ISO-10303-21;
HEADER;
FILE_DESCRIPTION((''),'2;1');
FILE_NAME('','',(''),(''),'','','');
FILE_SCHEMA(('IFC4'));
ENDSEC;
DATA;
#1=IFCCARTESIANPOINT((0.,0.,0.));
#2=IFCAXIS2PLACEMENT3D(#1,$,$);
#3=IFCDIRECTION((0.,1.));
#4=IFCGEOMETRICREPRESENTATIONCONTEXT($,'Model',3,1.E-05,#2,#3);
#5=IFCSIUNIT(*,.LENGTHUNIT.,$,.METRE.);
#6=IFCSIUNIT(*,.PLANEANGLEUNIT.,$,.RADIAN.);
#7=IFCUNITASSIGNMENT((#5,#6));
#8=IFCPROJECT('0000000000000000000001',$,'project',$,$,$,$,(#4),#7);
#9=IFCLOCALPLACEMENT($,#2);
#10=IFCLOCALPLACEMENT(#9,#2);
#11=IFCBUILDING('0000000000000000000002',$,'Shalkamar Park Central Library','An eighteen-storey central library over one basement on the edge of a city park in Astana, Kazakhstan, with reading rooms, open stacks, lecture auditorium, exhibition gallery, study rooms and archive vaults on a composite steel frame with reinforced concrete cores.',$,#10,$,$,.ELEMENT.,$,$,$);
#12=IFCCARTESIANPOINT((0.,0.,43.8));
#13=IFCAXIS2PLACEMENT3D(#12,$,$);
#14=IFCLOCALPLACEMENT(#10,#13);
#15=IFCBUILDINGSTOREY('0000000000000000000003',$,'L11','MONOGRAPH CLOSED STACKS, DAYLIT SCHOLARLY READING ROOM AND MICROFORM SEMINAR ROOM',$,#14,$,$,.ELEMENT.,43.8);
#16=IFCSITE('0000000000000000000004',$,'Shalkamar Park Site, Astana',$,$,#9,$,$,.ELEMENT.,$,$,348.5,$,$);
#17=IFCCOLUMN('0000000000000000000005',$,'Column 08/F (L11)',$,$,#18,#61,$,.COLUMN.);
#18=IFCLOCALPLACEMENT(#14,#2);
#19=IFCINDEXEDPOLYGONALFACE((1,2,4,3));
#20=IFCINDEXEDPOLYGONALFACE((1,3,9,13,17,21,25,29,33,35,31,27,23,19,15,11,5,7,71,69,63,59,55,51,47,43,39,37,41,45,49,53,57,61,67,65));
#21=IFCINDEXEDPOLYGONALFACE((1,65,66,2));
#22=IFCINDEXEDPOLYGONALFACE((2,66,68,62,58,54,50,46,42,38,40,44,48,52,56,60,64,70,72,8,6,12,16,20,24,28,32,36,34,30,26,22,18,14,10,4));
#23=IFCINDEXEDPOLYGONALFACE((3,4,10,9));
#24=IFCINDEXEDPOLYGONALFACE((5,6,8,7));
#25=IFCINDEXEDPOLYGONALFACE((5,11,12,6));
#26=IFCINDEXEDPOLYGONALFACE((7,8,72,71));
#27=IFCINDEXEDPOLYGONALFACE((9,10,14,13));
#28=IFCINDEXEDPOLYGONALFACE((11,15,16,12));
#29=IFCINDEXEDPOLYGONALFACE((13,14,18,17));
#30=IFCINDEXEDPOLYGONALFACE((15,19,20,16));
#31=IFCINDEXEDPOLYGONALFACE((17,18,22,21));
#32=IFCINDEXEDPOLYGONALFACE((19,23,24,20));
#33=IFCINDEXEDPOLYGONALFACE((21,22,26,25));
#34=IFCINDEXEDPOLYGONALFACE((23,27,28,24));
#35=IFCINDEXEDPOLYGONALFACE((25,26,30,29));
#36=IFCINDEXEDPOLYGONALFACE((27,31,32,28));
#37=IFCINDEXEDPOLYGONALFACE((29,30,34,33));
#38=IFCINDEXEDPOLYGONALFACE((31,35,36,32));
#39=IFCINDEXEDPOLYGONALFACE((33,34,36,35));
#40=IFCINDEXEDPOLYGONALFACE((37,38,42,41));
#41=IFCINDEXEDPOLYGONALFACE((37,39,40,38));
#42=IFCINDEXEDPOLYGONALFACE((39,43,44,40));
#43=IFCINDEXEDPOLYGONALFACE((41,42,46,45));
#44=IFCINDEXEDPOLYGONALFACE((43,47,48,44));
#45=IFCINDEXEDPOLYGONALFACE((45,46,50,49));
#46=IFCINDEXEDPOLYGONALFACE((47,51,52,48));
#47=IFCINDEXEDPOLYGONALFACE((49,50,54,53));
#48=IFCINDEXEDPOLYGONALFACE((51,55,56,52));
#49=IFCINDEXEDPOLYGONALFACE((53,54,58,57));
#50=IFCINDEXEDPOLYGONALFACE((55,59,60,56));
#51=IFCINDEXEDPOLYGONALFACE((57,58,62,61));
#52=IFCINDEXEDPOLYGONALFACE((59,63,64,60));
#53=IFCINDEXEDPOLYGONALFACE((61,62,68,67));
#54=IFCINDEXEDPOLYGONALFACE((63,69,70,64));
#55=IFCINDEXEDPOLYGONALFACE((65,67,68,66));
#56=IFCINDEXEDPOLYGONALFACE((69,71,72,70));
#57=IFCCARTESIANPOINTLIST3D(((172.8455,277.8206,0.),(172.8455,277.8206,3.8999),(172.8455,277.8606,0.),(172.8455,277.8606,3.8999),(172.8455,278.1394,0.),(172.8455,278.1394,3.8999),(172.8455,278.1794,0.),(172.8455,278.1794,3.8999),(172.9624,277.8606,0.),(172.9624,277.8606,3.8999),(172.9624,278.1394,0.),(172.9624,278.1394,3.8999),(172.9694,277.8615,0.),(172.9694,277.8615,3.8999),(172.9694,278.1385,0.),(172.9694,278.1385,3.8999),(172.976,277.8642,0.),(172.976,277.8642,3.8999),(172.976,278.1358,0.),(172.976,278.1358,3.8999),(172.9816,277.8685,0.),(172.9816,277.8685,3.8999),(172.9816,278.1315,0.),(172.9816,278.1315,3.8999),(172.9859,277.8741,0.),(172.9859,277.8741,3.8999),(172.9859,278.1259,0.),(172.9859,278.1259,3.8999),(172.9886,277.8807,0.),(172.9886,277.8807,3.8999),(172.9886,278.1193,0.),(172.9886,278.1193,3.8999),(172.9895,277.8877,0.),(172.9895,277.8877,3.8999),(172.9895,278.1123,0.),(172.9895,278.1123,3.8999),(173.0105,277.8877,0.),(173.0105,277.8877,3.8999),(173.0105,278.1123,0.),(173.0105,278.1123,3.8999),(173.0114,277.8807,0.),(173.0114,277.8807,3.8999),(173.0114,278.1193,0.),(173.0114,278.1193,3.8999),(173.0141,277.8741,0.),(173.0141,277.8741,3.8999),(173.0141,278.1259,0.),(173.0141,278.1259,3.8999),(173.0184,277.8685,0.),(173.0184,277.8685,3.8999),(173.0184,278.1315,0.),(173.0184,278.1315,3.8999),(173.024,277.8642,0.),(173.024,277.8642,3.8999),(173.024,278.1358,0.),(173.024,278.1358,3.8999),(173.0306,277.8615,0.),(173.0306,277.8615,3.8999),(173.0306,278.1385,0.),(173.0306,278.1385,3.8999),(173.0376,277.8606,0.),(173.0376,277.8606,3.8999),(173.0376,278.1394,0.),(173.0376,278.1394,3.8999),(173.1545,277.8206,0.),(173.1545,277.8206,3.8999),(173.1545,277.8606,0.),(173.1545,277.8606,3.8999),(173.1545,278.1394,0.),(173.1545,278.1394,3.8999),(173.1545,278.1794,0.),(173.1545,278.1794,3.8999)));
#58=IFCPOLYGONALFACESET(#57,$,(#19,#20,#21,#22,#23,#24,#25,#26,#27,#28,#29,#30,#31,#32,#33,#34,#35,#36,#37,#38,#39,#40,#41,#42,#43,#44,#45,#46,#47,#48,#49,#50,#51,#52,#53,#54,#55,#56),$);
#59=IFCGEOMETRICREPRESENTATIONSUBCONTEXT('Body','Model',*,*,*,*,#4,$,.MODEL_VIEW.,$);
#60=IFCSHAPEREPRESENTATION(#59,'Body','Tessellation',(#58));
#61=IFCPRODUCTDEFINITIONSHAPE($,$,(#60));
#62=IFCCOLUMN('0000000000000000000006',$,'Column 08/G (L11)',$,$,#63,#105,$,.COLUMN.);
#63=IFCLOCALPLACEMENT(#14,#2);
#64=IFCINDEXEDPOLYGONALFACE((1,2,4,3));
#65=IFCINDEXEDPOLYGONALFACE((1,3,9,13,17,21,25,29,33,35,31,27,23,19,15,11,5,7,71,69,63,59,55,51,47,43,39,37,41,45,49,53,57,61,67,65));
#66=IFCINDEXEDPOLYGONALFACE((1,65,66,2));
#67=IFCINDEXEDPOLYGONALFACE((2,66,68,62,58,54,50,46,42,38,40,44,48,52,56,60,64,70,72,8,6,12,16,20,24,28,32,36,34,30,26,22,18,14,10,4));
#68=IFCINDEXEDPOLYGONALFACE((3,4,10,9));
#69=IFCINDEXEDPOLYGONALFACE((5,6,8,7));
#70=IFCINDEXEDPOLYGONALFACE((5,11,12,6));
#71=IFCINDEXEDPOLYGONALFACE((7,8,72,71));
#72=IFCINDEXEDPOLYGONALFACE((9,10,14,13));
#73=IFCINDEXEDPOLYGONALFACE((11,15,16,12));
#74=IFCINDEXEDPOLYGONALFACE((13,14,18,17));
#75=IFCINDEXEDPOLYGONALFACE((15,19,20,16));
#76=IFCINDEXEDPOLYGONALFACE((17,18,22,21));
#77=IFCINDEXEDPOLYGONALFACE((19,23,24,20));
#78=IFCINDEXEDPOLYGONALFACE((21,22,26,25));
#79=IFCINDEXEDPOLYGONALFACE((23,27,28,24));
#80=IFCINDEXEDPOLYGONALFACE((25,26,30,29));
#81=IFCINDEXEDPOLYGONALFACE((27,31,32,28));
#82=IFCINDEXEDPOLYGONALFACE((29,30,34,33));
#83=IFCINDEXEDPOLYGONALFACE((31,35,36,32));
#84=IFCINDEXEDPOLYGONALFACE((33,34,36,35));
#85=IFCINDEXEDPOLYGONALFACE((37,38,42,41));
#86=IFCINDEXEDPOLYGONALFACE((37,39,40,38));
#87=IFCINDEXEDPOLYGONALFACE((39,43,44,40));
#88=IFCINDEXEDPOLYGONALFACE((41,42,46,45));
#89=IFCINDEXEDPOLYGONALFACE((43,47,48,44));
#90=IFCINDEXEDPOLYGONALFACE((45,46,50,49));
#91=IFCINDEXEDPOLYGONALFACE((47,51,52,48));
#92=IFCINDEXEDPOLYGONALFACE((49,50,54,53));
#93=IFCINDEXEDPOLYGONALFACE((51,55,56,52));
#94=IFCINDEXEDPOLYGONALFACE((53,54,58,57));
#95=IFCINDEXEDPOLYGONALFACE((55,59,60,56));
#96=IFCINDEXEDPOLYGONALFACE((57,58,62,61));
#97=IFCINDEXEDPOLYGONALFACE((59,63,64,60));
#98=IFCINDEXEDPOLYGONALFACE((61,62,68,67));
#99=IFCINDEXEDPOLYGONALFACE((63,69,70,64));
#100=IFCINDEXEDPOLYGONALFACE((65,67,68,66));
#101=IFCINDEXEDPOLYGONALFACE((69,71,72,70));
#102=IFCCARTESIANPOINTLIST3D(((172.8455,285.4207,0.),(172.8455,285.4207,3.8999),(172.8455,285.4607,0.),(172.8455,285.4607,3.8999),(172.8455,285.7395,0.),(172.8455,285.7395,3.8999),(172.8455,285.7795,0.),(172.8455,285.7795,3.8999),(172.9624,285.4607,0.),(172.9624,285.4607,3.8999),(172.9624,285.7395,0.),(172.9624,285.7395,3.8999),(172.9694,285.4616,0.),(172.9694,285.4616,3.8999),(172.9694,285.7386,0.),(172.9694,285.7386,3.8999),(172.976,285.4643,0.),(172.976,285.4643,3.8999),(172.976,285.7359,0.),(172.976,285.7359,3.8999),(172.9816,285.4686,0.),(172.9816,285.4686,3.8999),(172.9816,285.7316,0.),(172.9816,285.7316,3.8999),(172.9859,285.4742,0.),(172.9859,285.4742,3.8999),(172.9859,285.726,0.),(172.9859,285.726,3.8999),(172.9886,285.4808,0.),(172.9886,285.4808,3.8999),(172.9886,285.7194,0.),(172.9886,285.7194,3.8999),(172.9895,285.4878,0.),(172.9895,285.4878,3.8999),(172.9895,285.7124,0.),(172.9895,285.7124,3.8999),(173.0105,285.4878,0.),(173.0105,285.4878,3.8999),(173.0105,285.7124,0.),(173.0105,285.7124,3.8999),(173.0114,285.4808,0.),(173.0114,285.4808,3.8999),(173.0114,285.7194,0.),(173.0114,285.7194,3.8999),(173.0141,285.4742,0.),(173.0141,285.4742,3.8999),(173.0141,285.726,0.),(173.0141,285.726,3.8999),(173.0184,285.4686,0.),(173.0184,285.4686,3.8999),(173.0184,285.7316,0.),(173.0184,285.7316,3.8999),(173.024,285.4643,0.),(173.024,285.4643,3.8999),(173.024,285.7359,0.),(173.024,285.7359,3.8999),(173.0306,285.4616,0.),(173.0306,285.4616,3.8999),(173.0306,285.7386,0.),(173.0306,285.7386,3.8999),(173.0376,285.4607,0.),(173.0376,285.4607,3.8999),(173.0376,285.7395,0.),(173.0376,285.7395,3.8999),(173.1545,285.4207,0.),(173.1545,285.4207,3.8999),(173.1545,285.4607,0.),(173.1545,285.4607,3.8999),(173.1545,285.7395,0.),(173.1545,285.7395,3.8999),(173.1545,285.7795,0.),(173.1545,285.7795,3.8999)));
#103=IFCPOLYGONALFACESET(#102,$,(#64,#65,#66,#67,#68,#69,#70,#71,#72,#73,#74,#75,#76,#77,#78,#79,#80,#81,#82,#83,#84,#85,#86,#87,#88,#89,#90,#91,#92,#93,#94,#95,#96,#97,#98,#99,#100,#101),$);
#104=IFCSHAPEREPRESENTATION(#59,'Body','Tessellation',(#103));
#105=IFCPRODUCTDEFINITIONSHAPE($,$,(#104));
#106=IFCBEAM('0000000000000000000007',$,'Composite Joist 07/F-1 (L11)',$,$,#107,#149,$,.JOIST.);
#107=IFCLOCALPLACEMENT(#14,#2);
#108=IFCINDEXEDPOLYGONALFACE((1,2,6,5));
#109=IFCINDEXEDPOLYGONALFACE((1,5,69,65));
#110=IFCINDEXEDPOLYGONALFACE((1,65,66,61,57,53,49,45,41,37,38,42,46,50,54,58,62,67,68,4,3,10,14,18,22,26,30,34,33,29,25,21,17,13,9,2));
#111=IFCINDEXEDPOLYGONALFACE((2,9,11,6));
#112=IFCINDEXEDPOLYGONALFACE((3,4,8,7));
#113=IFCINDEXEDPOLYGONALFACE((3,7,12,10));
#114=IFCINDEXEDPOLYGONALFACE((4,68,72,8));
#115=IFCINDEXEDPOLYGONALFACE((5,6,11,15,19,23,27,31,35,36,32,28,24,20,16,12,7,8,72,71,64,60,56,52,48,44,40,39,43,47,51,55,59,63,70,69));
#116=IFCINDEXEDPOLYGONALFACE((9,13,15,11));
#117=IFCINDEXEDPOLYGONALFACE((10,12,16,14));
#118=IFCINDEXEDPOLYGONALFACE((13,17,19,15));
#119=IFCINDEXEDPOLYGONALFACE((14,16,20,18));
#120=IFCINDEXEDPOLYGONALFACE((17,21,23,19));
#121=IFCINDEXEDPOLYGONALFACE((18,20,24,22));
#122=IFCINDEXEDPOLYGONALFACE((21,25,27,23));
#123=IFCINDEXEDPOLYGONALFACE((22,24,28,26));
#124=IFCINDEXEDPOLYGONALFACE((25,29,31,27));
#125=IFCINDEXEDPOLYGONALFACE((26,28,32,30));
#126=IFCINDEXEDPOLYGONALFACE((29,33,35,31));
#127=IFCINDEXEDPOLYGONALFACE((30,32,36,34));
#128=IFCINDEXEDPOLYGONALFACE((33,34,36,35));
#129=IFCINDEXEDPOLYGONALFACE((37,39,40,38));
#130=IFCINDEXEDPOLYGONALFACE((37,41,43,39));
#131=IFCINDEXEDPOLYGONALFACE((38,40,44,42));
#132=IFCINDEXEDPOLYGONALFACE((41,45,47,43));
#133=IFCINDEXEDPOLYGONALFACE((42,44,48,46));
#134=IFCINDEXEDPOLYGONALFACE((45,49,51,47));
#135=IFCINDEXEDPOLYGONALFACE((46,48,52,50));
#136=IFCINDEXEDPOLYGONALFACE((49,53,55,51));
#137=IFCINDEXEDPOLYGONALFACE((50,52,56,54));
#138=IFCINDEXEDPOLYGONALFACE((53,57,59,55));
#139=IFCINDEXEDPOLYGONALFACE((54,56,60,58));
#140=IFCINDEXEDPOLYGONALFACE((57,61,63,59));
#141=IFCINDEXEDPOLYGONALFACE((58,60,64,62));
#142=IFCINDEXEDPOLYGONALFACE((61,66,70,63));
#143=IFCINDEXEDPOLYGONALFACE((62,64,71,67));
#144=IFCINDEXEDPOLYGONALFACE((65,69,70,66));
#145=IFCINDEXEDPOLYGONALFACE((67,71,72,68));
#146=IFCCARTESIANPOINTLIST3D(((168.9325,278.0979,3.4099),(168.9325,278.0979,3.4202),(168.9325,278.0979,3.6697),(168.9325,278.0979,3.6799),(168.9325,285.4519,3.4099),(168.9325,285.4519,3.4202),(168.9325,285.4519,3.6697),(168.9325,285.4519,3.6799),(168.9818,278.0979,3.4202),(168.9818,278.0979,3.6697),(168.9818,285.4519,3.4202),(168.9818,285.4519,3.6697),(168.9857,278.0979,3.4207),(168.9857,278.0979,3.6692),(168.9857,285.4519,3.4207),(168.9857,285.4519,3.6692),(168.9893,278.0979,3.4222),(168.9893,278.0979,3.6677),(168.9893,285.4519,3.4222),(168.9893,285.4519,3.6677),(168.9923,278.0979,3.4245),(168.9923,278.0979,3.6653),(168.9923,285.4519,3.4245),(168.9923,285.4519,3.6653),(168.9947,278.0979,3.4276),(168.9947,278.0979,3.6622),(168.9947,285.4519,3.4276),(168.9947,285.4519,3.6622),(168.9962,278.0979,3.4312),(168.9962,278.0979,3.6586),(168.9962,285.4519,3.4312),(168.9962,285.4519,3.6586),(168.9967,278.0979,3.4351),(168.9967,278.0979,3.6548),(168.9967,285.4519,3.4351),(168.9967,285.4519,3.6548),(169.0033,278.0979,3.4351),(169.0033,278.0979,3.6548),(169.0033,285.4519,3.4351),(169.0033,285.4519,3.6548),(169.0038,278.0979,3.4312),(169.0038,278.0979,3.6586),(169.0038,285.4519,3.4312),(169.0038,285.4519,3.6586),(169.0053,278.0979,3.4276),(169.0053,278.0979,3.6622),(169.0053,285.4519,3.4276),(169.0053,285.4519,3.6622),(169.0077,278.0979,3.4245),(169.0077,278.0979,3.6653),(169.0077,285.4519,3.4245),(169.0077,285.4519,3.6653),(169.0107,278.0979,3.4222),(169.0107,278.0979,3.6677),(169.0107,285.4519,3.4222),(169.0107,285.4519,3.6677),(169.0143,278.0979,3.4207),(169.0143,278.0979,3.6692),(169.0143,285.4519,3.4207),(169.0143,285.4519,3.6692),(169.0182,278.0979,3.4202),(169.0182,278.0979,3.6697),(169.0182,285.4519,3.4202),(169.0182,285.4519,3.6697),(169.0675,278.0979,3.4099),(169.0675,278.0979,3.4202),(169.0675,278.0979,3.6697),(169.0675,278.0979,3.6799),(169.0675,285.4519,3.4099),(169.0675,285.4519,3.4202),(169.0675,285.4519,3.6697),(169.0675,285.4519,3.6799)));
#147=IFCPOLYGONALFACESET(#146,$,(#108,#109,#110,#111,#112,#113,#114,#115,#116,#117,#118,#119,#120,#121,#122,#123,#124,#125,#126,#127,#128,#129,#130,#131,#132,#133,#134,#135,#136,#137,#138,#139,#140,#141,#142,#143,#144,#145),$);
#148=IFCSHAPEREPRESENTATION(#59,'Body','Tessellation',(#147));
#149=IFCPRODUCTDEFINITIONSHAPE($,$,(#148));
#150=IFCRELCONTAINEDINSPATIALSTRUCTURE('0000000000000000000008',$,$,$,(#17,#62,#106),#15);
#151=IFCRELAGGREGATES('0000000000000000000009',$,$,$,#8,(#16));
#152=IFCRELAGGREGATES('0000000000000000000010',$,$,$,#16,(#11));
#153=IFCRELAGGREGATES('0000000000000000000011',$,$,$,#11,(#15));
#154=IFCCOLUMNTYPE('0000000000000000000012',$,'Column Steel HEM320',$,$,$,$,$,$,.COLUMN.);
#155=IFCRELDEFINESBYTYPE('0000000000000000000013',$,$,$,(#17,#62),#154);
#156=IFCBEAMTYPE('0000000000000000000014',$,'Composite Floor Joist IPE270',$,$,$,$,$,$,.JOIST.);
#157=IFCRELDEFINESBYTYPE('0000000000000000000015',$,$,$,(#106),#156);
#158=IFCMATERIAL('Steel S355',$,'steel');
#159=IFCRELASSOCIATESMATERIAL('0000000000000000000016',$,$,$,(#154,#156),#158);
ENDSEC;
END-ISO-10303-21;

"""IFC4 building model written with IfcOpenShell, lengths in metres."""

from ifc_helpers import new_model, si_unit, direction, frame, origin, origin_2d, place, context, subcontext, project, spatial, i_section, extrude, material, material_profile, profile_set, type_object, element, save


model = new_model("IFC4")

# Units and contexts
model_context = context("Model", 3, precision=1e-05, world=origin(), true_north=direction((0.0, 1.0)))
body_context = subcontext(model_context, "Body", "Model", "MODEL_VIEW")
ifc_project = project(units=[si_unit("LENGTHUNIT", "METRE"), si_unit("PLANEANGLEUNIT", "RADIAN")], contexts=[model_context])

# Site, building, storey
site_placement = place(None, origin())
site = spatial("IfcSite", under=ifc_project, at=site_placement, Name="Shalkamar Park Site, Astana", CompositionType="ELEMENT", RefElevation=348.5)
building_placement = place(site_placement, origin())
building = spatial("IfcBuilding", under=site, at=building_placement, Name="Shalkamar Park Central Library", Description="An eighteen-storey central library over one basement on the edge of a city park in Astana, Kazakhstan, with reading rooms, open stacks, lecture auditorium, exhibition gallery, study rooms and archive vaults on a composite steel frame with reinforced concrete cores.", CompositionType="ELEMENT")
storey_placement = place(building_placement, frame((0.0, 0.0, 43.8)))
storey = spatial("IfcBuildingStorey", under=building, at=storey_placement, Name="L11", Description="MONOGRAPH CLOSED STACKS, DAYLIT SCHOLARLY READING ROOM AND MICROFORM SEMINAR ROOM", CompositionType="ELEMENT", Elevation=43.8)

# Columns
ifc_material_1 = material(Name="Steel S355", Category="steel")
ifc_material_profile_1 = material_profile(ifc_material_1, i_section(OverallWidth=0.3091, OverallDepth=0.3589, WebThickness=0.021, FlangeThickness=0.04, FilletRadius=0.0271, at=origin_2d()), Name="HEM 320")
ifc_profile_set_1 = profile_set([ifc_material_profile_1], Name="Steel S355")
column_type = type_object("IfcColumnType", Name="Column Steel HEM320", PredefinedType="COLUMN", material=ifc_profile_set_1)
for number, where, z_axis, x_axis, name in (
    (1, (173.0, 278.0, 0.0), (0.0, 0.0, 1.0), (1.0, 0.0, 0.0), "Column 08/F (L11)"),
    (2, (173.0, 285.6001, 0.0), (0.0, 0.0, 1.0), (1.0, 0.0, 0.0), "Column 08/G (L11)"),
):
    element("IfcColumn", number, at=place(storey_placement, frame(where, z_axis=z_axis, x_axis=x_axis)), inside=storey, type_object=column_type, Name=name, PredefinedType="COLUMN", context=body_context, shape_type="SweptSolid", body=[
        extrude(i_section(OverallWidth=0.3091, OverallDepth=0.3589, WebThickness=0.021, FlangeThickness=0.04, FilletRadius=0.0271, at=origin_2d()), origin(), (0.0, 0.0, 1.0), 3.8999),
    ])

# Beam
ifc_material_profile_2 = material_profile(ifc_material_1, i_section(OverallWidth=0.135, OverallDepth=0.27, WebThickness=0.0066, FlangeThickness=0.0103, FilletRadius=0.0149, at=origin_2d()), Name="IPE 270")
ifc_profile_set_2 = profile_set([ifc_material_profile_2], Name="Steel S355")
beam_type_1 = type_object("IfcBeamType", Name="Composite Floor Joist IPE270", PredefinedType="JOIST", material=ifc_profile_set_2)
beam_1_placement = place(storey_placement, frame((169.0, 278.0979, 3.5449), z_axis=(0.0, 1.0, 0.0), x_axis=(-1.0, 0.0, 0.0)))
element("IfcBeam", 3, at=beam_1_placement, inside=storey, type_object=beam_type_1, Name="Composite Joist 07/F-1 (L11)", PredefinedType="JOIST", context=body_context, shape_type="SweptSolid", body=[
    extrude(i_section(OverallWidth=0.135, OverallDepth=0.27, WebThickness=0.0066, FlangeThickness=0.0103, FilletRadius=0.0149, at=origin_2d()), origin(), (0.0, 0.0, 1.0), 7.354),
])

save(model, "model.ifc")
